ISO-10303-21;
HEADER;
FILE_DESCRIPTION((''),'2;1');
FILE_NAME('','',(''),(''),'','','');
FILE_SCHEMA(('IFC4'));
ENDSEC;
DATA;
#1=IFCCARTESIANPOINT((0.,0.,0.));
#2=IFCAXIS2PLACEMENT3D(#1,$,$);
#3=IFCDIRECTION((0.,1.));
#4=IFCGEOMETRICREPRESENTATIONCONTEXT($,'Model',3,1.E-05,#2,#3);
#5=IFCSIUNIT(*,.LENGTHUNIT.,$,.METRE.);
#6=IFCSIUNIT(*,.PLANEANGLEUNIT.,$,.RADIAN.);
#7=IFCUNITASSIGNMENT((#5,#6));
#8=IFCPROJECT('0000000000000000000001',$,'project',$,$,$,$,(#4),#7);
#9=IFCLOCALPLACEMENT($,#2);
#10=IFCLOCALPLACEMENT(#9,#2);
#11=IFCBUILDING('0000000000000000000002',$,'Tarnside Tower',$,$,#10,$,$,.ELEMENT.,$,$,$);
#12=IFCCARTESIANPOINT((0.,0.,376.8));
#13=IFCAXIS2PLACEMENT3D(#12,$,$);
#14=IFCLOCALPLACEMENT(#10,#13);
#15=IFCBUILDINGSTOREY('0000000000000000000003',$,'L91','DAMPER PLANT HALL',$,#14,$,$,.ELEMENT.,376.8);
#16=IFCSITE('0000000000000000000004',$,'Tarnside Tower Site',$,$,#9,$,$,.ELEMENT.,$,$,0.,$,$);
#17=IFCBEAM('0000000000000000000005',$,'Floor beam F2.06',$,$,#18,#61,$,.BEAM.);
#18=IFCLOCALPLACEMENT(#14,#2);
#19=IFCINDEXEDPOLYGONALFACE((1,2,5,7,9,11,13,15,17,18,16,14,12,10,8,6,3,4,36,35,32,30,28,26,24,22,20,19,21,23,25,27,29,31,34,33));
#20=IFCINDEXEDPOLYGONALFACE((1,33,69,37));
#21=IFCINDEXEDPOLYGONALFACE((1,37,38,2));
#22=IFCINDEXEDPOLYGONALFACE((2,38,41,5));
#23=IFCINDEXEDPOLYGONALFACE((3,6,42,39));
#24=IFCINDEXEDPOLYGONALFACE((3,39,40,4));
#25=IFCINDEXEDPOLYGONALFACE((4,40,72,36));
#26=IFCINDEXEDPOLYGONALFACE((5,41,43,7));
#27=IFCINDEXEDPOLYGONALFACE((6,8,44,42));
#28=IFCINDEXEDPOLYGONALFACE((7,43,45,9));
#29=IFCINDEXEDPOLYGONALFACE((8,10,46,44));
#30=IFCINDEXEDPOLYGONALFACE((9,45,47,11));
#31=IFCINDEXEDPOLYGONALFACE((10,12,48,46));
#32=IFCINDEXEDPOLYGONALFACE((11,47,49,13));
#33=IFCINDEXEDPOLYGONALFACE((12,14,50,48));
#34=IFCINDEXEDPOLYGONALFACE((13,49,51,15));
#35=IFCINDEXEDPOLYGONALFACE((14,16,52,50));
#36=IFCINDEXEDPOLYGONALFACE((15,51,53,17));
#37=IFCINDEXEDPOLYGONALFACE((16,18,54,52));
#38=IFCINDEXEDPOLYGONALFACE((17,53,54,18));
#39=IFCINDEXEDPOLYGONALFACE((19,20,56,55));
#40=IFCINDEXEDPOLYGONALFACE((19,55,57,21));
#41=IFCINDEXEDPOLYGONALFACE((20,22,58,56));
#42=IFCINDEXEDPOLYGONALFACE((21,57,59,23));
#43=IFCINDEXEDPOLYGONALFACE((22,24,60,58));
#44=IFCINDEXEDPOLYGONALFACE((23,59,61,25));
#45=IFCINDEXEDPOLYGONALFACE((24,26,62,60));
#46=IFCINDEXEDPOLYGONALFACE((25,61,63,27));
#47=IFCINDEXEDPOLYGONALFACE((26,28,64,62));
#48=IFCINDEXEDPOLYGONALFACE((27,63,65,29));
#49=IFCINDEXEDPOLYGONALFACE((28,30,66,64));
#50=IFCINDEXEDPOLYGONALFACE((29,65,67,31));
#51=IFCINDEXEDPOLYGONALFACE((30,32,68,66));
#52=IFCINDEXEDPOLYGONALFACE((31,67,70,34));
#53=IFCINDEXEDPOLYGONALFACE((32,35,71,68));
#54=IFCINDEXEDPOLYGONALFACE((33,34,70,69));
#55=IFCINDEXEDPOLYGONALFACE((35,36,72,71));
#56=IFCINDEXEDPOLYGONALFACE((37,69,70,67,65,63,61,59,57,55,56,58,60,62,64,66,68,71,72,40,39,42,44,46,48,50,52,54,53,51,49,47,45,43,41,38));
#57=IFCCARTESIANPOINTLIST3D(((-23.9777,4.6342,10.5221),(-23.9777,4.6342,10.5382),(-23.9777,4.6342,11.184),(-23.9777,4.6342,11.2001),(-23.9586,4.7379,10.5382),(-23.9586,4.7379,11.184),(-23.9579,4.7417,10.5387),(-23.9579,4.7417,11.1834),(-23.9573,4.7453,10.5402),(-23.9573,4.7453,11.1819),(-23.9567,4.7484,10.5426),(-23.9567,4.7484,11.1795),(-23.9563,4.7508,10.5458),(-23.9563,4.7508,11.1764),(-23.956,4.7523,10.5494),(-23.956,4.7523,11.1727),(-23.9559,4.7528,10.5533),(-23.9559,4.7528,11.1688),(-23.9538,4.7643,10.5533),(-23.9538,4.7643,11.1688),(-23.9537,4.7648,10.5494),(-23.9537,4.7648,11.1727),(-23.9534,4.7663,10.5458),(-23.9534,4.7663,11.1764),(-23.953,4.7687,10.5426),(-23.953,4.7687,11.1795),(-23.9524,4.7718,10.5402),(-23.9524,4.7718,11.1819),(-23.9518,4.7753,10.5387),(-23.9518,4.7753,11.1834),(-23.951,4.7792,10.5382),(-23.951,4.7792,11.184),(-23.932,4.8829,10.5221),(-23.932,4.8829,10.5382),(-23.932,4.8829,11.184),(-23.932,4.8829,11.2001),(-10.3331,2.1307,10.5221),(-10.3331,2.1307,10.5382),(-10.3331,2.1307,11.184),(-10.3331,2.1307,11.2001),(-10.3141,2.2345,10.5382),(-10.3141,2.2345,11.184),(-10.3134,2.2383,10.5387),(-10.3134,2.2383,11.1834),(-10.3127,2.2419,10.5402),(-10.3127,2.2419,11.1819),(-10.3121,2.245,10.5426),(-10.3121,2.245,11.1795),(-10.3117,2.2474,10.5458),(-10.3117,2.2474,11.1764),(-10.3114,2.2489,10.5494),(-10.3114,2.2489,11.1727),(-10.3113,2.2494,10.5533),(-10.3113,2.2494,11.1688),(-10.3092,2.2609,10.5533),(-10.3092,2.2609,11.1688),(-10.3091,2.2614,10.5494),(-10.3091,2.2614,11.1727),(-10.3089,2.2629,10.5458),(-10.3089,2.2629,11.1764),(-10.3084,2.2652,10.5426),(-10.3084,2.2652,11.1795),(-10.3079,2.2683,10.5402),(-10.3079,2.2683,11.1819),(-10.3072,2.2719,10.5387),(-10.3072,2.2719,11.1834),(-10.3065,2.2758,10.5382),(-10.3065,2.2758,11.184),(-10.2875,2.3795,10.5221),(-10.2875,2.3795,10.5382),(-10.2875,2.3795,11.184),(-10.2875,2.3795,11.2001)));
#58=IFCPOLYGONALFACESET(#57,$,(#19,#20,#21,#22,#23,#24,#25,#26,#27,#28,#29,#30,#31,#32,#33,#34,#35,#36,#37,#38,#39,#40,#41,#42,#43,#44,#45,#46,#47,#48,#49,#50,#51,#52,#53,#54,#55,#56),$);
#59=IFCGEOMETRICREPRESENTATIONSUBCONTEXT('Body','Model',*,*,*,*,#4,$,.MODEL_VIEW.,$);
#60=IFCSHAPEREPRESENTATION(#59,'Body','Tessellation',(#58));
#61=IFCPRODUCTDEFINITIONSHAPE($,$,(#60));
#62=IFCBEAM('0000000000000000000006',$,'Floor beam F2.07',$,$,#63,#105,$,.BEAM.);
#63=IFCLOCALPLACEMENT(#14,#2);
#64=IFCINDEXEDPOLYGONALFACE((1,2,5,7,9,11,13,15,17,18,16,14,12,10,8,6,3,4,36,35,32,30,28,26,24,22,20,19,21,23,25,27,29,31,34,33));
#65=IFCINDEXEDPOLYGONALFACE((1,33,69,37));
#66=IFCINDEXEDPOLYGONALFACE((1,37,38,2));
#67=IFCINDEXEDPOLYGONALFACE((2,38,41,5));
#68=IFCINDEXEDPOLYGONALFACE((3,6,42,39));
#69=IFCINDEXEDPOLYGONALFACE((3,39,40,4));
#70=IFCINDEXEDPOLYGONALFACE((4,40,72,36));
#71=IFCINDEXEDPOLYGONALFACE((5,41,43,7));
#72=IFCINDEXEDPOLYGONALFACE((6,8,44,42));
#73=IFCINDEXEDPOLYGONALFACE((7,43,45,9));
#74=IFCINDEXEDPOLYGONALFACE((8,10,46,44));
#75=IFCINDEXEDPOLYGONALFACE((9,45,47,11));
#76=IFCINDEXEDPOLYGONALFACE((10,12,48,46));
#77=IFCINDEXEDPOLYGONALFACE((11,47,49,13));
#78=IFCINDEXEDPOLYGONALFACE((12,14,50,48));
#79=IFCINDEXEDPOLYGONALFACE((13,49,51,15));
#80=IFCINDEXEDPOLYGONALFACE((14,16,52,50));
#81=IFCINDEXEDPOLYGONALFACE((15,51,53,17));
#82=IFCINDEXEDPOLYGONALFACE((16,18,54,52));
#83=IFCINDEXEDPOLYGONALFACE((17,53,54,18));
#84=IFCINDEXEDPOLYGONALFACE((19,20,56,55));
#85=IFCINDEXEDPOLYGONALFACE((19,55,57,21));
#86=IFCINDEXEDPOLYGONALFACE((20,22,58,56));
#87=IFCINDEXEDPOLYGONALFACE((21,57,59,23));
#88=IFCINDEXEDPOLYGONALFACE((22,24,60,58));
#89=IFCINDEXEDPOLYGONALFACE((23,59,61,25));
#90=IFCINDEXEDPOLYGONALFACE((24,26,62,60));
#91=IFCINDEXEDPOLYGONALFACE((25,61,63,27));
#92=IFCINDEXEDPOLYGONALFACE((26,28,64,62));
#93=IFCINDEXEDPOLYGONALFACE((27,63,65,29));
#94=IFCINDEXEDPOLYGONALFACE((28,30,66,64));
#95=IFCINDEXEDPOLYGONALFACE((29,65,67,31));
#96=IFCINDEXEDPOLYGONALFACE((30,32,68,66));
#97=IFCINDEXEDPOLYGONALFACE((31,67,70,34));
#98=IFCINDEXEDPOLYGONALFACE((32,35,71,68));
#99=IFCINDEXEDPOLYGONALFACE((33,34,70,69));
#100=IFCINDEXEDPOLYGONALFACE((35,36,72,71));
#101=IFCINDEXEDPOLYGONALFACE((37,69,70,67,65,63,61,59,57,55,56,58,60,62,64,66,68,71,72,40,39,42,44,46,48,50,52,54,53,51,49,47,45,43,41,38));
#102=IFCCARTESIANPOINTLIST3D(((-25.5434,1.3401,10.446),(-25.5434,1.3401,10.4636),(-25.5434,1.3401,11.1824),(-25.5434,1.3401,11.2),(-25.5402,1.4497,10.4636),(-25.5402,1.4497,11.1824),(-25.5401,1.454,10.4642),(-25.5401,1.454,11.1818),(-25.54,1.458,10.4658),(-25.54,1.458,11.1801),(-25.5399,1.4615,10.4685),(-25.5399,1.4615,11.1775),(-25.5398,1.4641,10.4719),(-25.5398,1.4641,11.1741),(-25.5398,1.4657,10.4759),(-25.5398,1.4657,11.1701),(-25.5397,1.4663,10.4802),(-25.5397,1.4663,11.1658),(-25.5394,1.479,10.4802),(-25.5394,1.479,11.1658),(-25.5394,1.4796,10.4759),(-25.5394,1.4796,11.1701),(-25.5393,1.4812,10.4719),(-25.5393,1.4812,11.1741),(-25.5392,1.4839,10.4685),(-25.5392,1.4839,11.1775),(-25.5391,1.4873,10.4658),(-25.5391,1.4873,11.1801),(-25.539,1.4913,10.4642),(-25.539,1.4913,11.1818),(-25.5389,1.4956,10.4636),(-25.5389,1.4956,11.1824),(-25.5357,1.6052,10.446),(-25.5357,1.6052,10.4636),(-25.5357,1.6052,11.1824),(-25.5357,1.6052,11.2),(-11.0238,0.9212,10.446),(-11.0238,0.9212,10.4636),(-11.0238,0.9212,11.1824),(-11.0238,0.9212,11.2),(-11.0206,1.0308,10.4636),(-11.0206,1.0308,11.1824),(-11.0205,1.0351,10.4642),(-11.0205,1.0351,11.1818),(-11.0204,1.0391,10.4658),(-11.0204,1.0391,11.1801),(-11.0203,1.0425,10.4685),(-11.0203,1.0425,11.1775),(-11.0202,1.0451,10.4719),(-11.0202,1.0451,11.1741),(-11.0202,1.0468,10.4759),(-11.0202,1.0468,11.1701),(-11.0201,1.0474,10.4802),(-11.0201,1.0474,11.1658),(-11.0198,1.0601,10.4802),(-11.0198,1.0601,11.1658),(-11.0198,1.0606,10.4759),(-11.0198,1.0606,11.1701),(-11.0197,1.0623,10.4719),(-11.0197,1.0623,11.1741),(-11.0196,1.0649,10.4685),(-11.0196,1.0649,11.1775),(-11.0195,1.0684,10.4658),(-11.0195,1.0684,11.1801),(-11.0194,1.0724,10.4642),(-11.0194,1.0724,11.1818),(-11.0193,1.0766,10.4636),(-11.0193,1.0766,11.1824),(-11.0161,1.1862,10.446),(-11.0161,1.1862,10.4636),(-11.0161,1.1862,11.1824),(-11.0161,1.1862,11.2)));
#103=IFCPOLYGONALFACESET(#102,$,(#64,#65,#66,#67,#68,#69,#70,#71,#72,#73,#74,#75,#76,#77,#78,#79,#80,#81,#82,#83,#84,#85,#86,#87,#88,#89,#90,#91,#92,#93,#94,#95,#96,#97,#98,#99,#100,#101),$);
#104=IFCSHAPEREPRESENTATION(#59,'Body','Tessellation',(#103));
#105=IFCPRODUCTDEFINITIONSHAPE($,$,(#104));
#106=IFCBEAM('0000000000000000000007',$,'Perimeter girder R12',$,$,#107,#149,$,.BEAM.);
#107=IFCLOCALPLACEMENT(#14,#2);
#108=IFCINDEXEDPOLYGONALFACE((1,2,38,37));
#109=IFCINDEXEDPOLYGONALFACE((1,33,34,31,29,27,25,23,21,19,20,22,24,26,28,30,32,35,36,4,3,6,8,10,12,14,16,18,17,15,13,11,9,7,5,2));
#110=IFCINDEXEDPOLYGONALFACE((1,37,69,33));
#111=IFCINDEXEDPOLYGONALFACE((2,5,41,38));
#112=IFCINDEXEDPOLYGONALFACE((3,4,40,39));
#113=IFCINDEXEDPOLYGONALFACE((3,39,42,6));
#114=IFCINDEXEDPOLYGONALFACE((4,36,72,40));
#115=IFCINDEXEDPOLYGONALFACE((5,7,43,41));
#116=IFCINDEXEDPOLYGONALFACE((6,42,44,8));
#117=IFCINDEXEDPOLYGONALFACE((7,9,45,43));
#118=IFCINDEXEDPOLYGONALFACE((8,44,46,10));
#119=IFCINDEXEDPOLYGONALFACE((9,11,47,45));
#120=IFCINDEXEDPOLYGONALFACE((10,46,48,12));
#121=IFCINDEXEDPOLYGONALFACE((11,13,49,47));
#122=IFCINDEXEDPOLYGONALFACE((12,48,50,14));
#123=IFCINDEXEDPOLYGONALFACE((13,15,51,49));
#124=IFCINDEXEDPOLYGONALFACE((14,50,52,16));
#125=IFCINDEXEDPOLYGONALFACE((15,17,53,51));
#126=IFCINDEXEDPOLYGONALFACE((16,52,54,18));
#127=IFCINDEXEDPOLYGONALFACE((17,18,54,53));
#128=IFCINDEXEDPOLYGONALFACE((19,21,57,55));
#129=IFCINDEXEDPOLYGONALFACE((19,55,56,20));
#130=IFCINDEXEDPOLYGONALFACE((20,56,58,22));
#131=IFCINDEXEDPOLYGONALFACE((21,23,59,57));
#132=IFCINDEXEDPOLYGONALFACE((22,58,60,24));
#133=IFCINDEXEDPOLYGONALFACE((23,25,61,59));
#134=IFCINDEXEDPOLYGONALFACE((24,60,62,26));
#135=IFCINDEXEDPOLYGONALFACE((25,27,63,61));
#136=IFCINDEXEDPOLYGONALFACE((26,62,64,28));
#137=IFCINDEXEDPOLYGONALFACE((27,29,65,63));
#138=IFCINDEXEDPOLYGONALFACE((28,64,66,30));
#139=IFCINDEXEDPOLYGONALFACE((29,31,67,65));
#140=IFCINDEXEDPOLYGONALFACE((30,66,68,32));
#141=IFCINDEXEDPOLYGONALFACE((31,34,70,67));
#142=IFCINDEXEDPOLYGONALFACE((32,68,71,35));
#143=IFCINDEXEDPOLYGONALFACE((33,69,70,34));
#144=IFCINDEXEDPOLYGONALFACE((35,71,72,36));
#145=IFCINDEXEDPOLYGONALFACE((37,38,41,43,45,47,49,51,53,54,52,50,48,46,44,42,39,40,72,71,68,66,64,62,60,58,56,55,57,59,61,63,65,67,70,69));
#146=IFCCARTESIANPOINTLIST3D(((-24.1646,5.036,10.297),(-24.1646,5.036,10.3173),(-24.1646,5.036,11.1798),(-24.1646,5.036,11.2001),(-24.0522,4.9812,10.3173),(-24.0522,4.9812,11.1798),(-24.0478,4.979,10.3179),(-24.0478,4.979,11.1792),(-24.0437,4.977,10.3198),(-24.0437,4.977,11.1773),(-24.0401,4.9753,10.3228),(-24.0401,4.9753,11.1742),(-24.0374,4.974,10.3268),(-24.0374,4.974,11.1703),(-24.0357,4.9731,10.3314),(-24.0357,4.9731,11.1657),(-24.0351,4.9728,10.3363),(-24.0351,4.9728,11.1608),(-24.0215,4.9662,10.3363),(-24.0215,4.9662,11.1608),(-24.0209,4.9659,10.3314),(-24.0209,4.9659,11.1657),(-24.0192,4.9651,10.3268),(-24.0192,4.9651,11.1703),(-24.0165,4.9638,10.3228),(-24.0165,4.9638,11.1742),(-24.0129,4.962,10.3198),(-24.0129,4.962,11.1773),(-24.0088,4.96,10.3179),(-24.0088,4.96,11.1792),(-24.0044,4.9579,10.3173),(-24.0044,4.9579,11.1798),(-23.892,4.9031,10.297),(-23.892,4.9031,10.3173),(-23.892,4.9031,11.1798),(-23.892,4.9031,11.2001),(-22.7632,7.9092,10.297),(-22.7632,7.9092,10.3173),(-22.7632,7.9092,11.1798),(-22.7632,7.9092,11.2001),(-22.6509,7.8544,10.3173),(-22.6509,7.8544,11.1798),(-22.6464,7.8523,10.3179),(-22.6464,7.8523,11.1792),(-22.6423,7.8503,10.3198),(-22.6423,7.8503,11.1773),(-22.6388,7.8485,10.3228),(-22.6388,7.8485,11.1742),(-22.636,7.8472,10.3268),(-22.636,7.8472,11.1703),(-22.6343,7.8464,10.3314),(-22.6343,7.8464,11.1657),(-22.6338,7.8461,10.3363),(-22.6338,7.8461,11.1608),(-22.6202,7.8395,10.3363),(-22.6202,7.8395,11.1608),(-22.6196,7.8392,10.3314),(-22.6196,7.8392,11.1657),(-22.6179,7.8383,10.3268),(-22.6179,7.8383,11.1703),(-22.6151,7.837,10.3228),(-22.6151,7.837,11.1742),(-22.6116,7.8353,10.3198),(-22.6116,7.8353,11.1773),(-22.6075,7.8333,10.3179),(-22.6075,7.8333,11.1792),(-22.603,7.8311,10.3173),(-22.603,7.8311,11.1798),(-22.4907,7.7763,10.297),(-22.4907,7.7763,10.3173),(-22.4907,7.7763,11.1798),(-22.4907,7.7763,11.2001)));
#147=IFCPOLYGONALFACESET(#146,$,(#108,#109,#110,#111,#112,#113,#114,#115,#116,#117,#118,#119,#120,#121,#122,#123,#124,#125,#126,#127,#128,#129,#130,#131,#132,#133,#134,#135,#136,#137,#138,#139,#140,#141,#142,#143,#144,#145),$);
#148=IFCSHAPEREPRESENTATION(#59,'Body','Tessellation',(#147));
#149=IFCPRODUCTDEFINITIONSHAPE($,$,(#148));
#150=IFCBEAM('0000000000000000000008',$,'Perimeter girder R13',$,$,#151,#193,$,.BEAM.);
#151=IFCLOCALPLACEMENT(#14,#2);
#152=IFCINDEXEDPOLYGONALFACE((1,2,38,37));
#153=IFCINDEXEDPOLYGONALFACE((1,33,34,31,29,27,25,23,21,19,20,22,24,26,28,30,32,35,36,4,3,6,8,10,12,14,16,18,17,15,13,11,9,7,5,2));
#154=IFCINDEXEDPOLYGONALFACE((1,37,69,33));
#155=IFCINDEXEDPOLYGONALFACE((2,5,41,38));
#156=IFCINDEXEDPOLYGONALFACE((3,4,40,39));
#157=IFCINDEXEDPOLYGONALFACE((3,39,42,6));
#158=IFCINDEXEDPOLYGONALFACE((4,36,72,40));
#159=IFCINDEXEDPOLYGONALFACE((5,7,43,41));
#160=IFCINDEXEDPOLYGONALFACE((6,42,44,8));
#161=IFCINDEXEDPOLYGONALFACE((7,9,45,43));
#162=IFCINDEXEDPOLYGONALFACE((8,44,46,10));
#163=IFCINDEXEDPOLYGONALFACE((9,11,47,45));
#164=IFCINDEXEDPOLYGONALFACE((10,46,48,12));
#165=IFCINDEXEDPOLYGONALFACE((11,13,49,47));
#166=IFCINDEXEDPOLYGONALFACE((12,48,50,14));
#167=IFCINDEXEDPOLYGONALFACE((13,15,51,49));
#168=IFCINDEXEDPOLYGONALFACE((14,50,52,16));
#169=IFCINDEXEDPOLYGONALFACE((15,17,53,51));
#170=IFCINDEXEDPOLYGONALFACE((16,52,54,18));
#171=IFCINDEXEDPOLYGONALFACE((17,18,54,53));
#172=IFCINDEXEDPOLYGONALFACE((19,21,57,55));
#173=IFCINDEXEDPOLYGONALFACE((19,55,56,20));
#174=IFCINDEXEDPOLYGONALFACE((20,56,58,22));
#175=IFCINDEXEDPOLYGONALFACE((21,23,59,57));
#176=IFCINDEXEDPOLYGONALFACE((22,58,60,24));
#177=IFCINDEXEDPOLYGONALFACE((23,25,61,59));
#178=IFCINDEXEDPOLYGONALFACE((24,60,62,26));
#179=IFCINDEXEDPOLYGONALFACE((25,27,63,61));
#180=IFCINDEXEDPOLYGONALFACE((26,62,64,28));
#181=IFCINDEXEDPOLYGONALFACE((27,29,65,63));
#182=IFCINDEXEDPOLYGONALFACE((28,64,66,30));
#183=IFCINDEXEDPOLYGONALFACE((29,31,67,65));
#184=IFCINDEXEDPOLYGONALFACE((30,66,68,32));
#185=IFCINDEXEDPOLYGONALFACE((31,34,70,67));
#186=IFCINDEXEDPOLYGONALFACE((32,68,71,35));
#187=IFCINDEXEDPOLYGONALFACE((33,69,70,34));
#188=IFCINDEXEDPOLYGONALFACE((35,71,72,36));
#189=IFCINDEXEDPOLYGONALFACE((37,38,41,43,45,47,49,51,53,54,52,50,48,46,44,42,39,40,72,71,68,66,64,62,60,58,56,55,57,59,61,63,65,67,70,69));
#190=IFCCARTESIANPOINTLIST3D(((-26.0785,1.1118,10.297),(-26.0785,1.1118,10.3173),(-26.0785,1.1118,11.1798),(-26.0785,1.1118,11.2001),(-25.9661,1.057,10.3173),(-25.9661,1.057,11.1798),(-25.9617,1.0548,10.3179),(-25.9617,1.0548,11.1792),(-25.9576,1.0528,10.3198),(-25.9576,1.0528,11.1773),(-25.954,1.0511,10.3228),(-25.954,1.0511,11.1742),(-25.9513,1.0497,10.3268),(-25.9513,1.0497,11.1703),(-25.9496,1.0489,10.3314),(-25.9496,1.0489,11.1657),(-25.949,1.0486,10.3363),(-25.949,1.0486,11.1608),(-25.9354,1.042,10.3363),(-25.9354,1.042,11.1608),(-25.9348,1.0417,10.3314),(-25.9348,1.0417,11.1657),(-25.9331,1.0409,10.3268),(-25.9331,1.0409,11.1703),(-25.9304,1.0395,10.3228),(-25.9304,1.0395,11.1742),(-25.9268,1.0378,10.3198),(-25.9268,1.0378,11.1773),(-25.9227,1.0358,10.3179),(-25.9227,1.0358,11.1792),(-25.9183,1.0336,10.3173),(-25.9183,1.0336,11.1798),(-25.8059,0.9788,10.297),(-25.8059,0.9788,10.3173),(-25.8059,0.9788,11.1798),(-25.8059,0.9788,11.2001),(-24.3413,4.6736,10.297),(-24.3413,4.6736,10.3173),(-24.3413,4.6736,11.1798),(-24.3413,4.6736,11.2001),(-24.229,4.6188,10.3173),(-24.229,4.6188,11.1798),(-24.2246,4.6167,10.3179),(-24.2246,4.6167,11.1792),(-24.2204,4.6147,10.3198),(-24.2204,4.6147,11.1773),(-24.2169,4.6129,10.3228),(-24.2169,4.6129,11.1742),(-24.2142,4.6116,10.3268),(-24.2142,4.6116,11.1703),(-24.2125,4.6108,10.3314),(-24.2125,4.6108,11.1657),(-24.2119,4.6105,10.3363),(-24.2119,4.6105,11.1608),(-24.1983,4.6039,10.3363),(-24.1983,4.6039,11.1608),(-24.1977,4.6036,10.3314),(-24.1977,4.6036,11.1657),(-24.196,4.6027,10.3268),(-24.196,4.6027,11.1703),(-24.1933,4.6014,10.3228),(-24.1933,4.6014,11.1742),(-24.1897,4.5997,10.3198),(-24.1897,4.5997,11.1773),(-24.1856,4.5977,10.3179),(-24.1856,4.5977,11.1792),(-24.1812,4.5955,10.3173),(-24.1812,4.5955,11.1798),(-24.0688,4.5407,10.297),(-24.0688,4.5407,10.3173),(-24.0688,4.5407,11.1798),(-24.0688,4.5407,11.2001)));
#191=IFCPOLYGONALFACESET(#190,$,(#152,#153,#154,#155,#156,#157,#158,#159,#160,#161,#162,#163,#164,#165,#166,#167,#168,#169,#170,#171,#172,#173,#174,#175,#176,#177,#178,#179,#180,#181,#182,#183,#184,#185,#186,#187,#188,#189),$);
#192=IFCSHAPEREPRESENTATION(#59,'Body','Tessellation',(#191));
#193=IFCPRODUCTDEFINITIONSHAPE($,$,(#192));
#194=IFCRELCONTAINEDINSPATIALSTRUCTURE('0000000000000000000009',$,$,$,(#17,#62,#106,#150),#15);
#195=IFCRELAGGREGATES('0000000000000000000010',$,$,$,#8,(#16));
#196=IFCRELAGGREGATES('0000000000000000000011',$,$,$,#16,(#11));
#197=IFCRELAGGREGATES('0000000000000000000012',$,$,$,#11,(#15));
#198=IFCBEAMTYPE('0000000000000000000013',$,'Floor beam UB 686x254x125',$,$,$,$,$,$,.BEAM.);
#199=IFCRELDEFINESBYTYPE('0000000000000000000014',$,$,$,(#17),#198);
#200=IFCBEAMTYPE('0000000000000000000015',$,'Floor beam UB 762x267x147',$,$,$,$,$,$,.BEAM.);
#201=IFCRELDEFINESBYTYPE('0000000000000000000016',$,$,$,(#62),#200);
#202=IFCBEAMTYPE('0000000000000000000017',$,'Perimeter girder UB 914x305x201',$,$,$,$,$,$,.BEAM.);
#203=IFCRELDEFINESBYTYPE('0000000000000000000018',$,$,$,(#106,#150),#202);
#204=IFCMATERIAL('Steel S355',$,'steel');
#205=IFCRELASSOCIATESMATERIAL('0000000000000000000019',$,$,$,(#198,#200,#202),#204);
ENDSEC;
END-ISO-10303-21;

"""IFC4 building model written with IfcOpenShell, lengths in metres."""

from ifc_helpers import new_model, si_unit, direction, frame, origin, origin_2d, place, context, subcontext, project, spatial, i_section, extrude, material, material_profile, profile_set, type_object, element, save


model = new_model("IFC4")

# Units and contexts
model_context = context("Model", 3, precision=1e-05, world=origin(), true_north=direction((0.0, 1.0)))
body_context = subcontext(model_context, "Body", "Model", "MODEL_VIEW")
ifc_project = project(units=[si_unit("LENGTHUNIT", "METRE"), si_unit("PLANEANGLEUNIT", "RADIAN")], contexts=[model_context])

# Site, building, storey
site_placement = place(None, origin())
site = spatial("IfcSite", under=ifc_project, at=site_placement, Name="Tarnside Tower Site", CompositionType="ELEMENT", RefElevation=0.0)
building_placement = place(site_placement, origin())
building = spatial("IfcBuilding", under=site, at=building_placement, Name="Tarnside Tower", CompositionType="ELEMENT")
storey_placement = place(building_placement, frame((0.0, 0.0, 376.8)))
storey = spatial("IfcBuildingStorey", under=building, at=storey_placement, Name="L91", Description="DAMPER PLANT HALL", CompositionType="ELEMENT", Elevation=376.8)

# Beams
ifc_material_1 = material(Name="Steel S355", Category="steel")
ifc_material_profile_1 = material_profile(ifc_material_1, i_section(OverallWidth=0.2529, OverallDepth=0.678, WebThickness=0.0117, FlangeThickness=0.0161, FilletRadius=0.0151, at=origin_2d()), Name="UB 686x254x125")
ifc_profile_set_1 = profile_set([ifc_material_profile_1], Name="Steel S355")
beam_type_1 = type_object("IfcBeamType", Name="Floor beam UB 686x254x125", PredefinedType="BEAM", material=ifc_profile_set_1)
beam_1_placement = place(storey_placement, frame((-23.9548, 4.7585, 10.8611), z_axis=(0.983582, -0.180462, 0.0), x_axis=(0.180462, 0.983582, 0.0)))
element("IfcBeam", 1, at=beam_1_placement, inside=storey, type_object=beam_type_1, Name="Floor beam F2.06", PredefinedType="BEAM", context=body_context, shape_type="SweptSolid", body=[
    extrude(i_section(OverallWidth=0.2529, OverallDepth=0.678, WebThickness=0.0117, FlangeThickness=0.0161, FilletRadius=0.0151, at=origin_2d()), origin(), (0.0, 0.0, 1.0), 13.8723),
])
ifc_material_profile_2 = material_profile(ifc_material_1, i_section(OverallWidth=0.2651, OverallDepth=0.7539, WebThickness=0.0127, FlangeThickness=0.0176, FilletRadius=0.0166, at=origin_2d()), Name="UB 762x267x147")
ifc_profile_set_2 = profile_set([ifc_material_profile_2], Name="Steel S355")
beam_type_2 = type_object("IfcBeamType", Name="Floor beam UB 762x267x147", PredefinedType="BEAM", material=ifc_profile_set_2)
beam_2_placement = place(storey_placement, frame((-25.5396, 1.4727, 10.823), z_axis=(0.999584, -0.028842, 0.0), x_axis=(0.028842, 0.999584, 0.0)))
element("IfcBeam", 2, at=beam_2_placement, inside=storey, type_object=beam_type_2, Name="Floor beam F2.07", PredefinedType="BEAM", context=body_context, shape_type="SweptSolid", body=[
    extrude(i_section(OverallWidth=0.2651, OverallDepth=0.7539, WebThickness=0.0127, FlangeThickness=0.0176, FilletRadius=0.0166, at=origin_2d()), origin(), (0.0, 0.0, 1.0), 14.5256),
])
ifc_material_profile_3 = material_profile(ifc_material_1, i_section(OverallWidth=0.3032, OverallDepth=0.9031, WebThickness=0.0151, FlangeThickness=0.0203, FilletRadius=0.019, at=origin_2d()), Name="UB 914x305x201")
ifc_profile_set_3 = profile_set([ifc_material_profile_3], Name="Steel S355")
beam_type_3 = type_object("IfcBeamType", Name="Perimeter girder UB 914x305x201", PredefinedType="BEAM", material=ifc_profile_set_3)
beam_3_placement = place(storey_placement, frame((-22.627, 7.8428, 10.7485), z_axis=(-0.438363, -0.898798, 0.0), x_axis=(0.898798, -0.438363, 0.0)))
element("IfcBeam", 3, at=beam_3_placement, inside=storey, type_object=beam_type_3, Name="Perimeter girder R12", PredefinedType="BEAM", context=body_context, shape_type="SweptSolid", body=[
    extrude(i_section(OverallWidth=0.3032, OverallDepth=0.9031, WebThickness=0.0151, FlangeThickness=0.0203, FilletRadius=0.019, at=origin_2d()), origin(), (0.0, 0.0, 1.0), 3.1968),
])
beam_4_placement = place(storey_placement, frame((-24.2051, 4.6072, 10.7485), z_axis=(-0.438345, -0.898807, 0.0), x_axis=(0.898807, -0.438345, 0.0)))
element("IfcBeam", 4, at=beam_4_placement, inside=storey, type_object=beam_type_3, Name="Perimeter girder R13", PredefinedType="BEAM", context=body_context, shape_type="SweptSolid", body=[
    extrude(i_section(OverallWidth=0.3032, OverallDepth=0.9031, WebThickness=0.0151, FlangeThickness=0.0203, FilletRadius=0.019, at=origin_2d()), origin(), (0.0, 0.0, 1.0), 3.9629),
])

save(model, "model.ifc")
